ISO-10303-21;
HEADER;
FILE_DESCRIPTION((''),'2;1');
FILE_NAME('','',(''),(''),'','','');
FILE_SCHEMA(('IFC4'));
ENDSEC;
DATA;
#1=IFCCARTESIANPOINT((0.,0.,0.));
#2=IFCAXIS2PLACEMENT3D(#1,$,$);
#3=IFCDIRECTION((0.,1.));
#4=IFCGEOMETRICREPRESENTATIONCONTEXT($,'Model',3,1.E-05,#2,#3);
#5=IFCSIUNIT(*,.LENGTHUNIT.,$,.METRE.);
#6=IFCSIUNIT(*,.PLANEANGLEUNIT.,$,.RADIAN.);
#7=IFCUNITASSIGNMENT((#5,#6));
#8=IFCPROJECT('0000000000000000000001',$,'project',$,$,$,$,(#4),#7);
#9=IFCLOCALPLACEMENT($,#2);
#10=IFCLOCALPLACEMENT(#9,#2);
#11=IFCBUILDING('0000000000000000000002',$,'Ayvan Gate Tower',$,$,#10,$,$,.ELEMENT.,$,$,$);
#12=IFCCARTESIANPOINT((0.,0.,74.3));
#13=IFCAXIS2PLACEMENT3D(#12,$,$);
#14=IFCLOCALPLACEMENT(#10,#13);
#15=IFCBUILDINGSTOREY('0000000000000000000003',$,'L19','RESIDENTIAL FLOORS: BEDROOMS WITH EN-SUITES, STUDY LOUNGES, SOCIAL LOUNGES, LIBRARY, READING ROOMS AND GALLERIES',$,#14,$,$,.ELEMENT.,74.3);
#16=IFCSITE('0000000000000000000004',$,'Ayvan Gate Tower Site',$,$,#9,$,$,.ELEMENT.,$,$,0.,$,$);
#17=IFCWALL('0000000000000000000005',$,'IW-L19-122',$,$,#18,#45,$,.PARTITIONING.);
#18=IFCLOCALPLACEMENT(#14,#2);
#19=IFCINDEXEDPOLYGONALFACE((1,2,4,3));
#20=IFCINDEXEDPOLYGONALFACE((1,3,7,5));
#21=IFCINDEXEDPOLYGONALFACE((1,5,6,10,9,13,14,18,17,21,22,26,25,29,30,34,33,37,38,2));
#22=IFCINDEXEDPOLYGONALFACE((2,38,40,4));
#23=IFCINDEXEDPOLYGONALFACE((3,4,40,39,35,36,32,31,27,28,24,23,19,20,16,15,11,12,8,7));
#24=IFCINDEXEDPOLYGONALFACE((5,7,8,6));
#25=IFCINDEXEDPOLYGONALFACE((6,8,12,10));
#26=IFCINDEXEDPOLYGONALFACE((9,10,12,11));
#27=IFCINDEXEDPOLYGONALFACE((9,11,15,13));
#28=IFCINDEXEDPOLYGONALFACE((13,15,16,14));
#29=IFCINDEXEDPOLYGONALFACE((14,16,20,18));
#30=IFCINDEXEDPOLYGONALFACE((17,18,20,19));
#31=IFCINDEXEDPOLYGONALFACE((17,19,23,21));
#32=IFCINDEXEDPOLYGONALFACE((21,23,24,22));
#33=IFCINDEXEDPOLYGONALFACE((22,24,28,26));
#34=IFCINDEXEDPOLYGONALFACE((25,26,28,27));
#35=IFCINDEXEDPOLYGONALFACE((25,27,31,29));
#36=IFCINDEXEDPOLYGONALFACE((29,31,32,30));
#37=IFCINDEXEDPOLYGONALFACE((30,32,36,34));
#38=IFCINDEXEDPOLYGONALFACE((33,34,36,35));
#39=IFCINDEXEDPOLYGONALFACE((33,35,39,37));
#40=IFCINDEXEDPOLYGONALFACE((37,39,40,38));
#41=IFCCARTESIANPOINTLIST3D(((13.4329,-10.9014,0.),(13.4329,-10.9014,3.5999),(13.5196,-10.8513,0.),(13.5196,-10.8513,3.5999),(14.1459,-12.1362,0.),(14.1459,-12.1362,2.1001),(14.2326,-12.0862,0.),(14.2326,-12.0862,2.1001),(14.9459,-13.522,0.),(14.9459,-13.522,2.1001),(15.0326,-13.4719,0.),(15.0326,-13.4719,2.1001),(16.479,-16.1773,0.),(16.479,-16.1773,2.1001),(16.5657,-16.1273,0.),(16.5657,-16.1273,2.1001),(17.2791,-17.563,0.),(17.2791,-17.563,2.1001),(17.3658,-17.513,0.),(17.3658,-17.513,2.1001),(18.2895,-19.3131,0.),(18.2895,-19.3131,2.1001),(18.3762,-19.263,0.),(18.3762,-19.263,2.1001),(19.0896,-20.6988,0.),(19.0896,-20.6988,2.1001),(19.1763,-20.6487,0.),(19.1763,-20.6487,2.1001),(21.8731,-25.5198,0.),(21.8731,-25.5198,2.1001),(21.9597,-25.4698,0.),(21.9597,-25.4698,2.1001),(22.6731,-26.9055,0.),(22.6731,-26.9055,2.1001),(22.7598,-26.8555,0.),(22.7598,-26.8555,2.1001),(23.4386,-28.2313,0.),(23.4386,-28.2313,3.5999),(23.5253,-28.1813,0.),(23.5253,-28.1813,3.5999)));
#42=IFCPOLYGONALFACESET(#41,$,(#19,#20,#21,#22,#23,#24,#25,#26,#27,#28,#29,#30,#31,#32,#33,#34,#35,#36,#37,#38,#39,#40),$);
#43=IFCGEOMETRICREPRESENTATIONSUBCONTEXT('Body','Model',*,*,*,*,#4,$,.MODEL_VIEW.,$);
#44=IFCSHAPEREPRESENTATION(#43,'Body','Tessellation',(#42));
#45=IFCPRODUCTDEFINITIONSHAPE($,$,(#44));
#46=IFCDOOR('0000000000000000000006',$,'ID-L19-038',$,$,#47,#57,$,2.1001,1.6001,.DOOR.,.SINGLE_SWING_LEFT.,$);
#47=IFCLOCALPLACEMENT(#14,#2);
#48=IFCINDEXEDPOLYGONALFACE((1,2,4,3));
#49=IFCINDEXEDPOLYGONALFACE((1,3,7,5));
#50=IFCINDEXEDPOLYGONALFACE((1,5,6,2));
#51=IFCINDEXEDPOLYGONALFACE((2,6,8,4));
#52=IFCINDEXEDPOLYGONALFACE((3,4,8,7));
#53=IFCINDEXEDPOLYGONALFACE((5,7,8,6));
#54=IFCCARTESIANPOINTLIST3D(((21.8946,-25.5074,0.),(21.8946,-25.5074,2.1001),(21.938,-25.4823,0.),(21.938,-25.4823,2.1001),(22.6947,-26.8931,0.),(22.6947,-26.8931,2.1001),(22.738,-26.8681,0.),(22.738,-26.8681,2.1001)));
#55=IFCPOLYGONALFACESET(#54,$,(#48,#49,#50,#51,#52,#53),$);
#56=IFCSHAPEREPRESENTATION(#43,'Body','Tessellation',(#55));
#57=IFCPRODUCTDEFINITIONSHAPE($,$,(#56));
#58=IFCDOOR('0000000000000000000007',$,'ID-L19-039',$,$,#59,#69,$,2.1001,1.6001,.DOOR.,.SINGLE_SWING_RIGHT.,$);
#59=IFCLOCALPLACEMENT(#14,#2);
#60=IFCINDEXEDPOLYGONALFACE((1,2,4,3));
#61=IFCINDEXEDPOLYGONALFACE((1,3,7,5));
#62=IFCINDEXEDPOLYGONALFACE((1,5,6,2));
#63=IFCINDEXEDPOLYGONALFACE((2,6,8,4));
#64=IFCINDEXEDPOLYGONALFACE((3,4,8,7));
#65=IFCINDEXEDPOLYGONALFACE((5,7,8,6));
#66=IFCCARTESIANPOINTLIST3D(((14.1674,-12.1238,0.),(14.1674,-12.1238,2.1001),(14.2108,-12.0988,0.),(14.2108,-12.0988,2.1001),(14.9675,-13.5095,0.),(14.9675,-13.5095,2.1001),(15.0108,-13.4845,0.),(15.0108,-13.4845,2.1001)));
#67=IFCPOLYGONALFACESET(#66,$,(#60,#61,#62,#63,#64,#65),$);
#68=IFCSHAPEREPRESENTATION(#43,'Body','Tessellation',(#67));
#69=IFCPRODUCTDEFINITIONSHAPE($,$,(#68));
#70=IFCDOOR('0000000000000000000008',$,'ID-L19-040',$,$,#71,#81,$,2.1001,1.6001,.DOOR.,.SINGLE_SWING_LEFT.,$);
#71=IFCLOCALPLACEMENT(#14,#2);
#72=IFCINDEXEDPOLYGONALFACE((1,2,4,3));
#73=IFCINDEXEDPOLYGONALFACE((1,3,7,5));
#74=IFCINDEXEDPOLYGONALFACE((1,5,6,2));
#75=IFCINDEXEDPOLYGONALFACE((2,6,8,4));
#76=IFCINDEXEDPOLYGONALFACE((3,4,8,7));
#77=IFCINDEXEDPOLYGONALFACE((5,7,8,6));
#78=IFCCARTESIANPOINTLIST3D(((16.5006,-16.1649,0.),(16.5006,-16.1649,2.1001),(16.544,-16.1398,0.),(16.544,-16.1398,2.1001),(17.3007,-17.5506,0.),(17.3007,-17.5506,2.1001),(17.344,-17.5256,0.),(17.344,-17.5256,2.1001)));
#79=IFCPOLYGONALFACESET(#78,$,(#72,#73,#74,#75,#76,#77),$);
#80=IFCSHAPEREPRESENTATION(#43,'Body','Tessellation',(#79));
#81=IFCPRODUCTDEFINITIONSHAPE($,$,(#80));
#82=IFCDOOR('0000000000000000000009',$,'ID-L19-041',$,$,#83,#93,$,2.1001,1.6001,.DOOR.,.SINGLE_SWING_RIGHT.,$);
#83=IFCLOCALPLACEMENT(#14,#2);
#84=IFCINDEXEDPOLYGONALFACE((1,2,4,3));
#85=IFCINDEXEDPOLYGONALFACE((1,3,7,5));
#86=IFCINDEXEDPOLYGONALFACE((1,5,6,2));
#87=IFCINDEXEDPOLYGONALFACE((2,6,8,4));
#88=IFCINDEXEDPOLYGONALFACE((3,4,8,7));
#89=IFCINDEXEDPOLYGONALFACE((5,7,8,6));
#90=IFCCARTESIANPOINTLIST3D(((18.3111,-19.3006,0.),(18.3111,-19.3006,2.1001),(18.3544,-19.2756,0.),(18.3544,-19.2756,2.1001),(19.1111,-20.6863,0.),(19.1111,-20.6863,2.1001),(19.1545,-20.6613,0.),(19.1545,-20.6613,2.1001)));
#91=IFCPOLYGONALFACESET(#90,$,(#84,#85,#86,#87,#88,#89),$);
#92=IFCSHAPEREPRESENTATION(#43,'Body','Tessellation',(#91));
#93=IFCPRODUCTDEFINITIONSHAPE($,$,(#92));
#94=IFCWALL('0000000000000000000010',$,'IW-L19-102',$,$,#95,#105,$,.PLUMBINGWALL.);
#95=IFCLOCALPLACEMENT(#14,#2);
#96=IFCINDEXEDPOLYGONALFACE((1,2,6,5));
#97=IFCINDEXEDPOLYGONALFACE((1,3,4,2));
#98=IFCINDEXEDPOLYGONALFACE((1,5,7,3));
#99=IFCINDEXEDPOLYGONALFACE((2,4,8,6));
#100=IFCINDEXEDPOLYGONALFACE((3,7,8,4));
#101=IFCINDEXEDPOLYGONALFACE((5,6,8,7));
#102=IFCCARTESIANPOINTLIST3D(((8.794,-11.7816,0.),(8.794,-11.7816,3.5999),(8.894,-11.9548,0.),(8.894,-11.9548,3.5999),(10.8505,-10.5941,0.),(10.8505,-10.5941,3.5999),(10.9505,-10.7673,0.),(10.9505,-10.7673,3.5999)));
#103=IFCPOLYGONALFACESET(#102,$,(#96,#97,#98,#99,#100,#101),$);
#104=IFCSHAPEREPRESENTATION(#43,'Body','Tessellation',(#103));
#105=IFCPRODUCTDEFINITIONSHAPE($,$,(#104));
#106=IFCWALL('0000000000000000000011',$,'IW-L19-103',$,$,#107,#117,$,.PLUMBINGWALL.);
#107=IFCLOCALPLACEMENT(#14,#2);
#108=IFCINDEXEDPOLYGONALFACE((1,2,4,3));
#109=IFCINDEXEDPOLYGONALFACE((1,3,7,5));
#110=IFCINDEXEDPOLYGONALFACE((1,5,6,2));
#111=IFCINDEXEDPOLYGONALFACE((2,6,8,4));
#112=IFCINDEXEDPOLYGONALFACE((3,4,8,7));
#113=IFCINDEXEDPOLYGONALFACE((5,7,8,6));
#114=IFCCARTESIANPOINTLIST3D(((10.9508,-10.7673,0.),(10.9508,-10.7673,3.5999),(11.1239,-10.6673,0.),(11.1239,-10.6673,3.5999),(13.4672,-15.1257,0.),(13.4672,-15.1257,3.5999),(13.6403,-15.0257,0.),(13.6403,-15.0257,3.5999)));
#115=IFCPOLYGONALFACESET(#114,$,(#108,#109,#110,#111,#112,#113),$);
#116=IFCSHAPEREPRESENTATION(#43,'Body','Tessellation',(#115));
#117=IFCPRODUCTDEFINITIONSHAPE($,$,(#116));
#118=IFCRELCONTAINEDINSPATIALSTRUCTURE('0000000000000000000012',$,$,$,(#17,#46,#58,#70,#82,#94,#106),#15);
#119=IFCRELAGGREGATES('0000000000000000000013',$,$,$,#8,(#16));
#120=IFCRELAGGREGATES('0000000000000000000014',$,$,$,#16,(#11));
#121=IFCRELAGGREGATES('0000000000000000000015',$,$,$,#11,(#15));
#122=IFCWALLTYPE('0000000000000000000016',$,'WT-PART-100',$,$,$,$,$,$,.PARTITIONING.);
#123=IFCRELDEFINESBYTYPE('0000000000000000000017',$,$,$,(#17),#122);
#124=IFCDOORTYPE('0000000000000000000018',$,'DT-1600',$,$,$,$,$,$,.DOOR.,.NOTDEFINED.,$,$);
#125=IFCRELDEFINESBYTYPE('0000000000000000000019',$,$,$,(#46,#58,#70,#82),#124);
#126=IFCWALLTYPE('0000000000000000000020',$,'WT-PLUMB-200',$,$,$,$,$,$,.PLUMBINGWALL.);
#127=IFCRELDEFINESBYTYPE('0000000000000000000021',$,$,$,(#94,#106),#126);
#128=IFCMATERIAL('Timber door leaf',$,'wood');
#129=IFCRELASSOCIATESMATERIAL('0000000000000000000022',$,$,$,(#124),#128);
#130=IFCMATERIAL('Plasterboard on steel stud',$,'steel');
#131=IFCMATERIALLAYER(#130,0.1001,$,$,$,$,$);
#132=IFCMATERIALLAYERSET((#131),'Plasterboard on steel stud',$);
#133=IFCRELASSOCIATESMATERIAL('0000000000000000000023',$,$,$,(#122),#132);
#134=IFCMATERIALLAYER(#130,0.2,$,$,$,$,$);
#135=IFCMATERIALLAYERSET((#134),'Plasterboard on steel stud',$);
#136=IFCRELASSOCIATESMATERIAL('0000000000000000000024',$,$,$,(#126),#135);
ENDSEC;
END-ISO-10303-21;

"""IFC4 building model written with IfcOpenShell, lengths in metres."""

from ifc_helpers import new_model, si_unit, direction, frame, frame_2d, origin, place, context, subcontext, project, spatial, rectangle, extrude, material, layer, layer_set, type_object, element, fill, save


model = new_model("IFC4")

# Units and contexts
model_context = context("Model", 3, precision=1e-05, world=origin(), true_north=direction((0.0, 1.0)))
body_context = subcontext(model_context, "Body", "Model", "MODEL_VIEW")
ifc_project = project(units=[si_unit("LENGTHUNIT", "METRE"), si_unit("PLANEANGLEUNIT", "RADIAN")], contexts=[model_context])

# Site, building, storey
site_placement = place(None, origin())
site = spatial("IfcSite", under=ifc_project, at=site_placement, Name="Ayvan Gate Tower Site", CompositionType="ELEMENT", RefElevation=0.0)
building_placement = place(site_placement, origin())
building = spatial("IfcBuilding", under=site, at=building_placement, Name="Ayvan Gate Tower", CompositionType="ELEMENT")
storey_placement = place(building_placement, frame((0.0, 0.0, 74.3)))
storey = spatial("IfcBuildingStorey", under=building, at=storey_placement, Name="L19", Description="RESIDENTIAL FLOORS: BEDROOMS WITH EN-SUITES, STUDY LOUNGES, SOCIAL LOUNGES, LIBRARY, READING ROOMS AND GALLERIES", CompositionType="ELEMENT", Elevation=74.3)

# Shared definitions
ifc_material_1 = material(Name="Plasterboard on steel stud", Category="steel")
ifc_material_2 = material(Name="Timber door leaf", Category="wood")
door_type = type_object("IfcDoorType", Name="DT-1600", OperationType="NOTDEFINED", PredefinedType="DOOR", material=ifc_material_2)

# Shared definitions
ifc_layer_1 = layer(ifc_material_1, 0.1001)
ifc_layer_set_1 = layer_set([ifc_layer_1], Name="Plasterboard on steel stud")
wall_type_1 = type_object("IfcWallType", Name="WT-PART-100", PredefinedType="PARTITIONING", material=ifc_layer_set_1)

# Wall, openings, doors
wall_1_placement = place(storey_placement, frame((13.4763, -10.8765, 0.0), z_axis=(0.0, 0.0, 1.0), x_axis=(0.500009, -0.86602, 0.0)))
wall_1 = element("IfcWall", 1, at=wall_1_placement, inside=storey, type_object=wall_type_1, Name="IW-L19-122", PredefinedType="PARTITIONING", context=body_context, shape_type="SweptSolid", body=[
    extrude(rectangle(XDim=20.011, YDim=0.1001, at=frame_2d((10.0054, 0.0))), origin(), (0.0, 0.0, 1.0), 3.5999),
])
opening_1_placement = place(wall_1_placement, frame((16.8799, 0.0, 0.0)))
opening_1 = element("IfcOpeningElement", 2, at=opening_1_placement, cuts=wall_1, PredefinedType="OPENING", context=body_context, shape_type="SweptSolid", body=[
    extrude(rectangle(XDim=1.6001, YDim=2.1001, at=frame_2d((0.8, 1.05))), frame((0.0, 0.0601, 0.0), z_axis=(0.0, -1.0, 0.0), x_axis=(1.0, 0.0, 0.0)), (0.0, 0.0, 1.0), 0.1201),
])
opening_2_placement = place(wall_1_placement, frame((1.4258, 0.0, 0.0)))
opening_2 = element("IfcOpeningElement", 3, at=opening_2_placement, cuts=wall_1, PredefinedType="OPENING", context=body_context, shape_type="SweptSolid", body=[
    extrude(rectangle(XDim=1.6001, YDim=2.1001, at=frame_2d((0.8, 1.05))), frame((0.0, 0.0601, 0.0), z_axis=(0.0, -1.0, 0.0), x_axis=(1.0, 0.0, 0.0)), (0.0, 0.0, 1.0), 0.1201),
])
opening_3_placement = place(wall_1_placement, frame((6.092, 0.0, 0.0)))
opening_3 = element("IfcOpeningElement", 4, at=opening_3_placement, cuts=wall_1, PredefinedType="OPENING", context=body_context, shape_type="SweptSolid", body=[
    extrude(rectangle(XDim=1.6001, YDim=2.1001, at=frame_2d((0.8, 1.05))), frame((0.0, 0.0601, 0.0), z_axis=(0.0, -1.0, 0.0), x_axis=(1.0, 0.0, 0.0)), (0.0, 0.0, 1.0), 0.1201),
])
opening_4_placement = place(wall_1_placement, frame((9.7129, 0.0, 0.0)))
opening_4 = element("IfcOpeningElement", 5, at=opening_4_placement, cuts=wall_1, PredefinedType="OPENING", context=body_context, shape_type="SweptSolid", body=[
    extrude(rectangle(XDim=1.6001, YDim=2.1001, at=frame_2d((0.8, 1.05))), frame((0.0, 0.0601, 0.0), z_axis=(0.0, -1.0, 0.0), x_axis=(1.0, 0.0, 0.0)), (0.0, 0.0, 1.0), 0.1201),
])
door_1_placement = place(opening_1_placement, origin())
door_1 = element("IfcDoor", 6, at=door_1_placement, inside=storey, type_object=door_type, Name="ID-L19-038", OperationType="SINGLE_SWING_LEFT", OverallHeight=2.1001, OverallWidth=1.6001, PredefinedType="DOOR", context=body_context, shape_type="SweptSolid", body=[
    extrude(rectangle(XDim=1.6001, YDim=2.1001, at=frame_2d((0.8, 1.05))), frame((0.0, 0.0249, 0.0), z_axis=(0.0, -1.0, 0.0), x_axis=(1.0, 0.0, 0.0)), (0.0, 0.0, 1.0), 0.05),
])
fill(opening_1, door_1)
door_2_placement = place(opening_2_placement, origin())
door_2 = element("IfcDoor", 7, at=door_2_placement, inside=storey, type_object=door_type, Name="ID-L19-039", OperationType="SINGLE_SWING_RIGHT", OverallHeight=2.1001, OverallWidth=1.6001, PredefinedType="DOOR", context=body_context, shape_type="SweptSolid", body=[
    extrude(rectangle(XDim=1.6001, YDim=2.1001, at=frame_2d((0.8, 1.05))), frame((0.0, 0.0249, 0.0), z_axis=(0.0, -1.0, 0.0), x_axis=(1.0, 0.0, 0.0)), (0.0, 0.0, 1.0), 0.05),
])
fill(opening_2, door_2)
door_3_placement = place(opening_3_placement, origin())
door_3 = element("IfcDoor", 8, at=door_3_placement, inside=storey, type_object=door_type, Name="ID-L19-040", OperationType="SINGLE_SWING_LEFT", OverallHeight=2.1001, OverallWidth=1.6001, PredefinedType="DOOR", context=body_context, shape_type="SweptSolid", body=[
    extrude(rectangle(XDim=1.6001, YDim=2.1001, at=frame_2d((0.8, 1.05))), frame((0.0, 0.0249, 0.0), z_axis=(0.0, -1.0, 0.0), x_axis=(1.0, 0.0, 0.0)), (0.0, 0.0, 1.0), 0.05),
])
fill(opening_3, door_3)
door_4_placement = place(opening_4_placement, origin())
door_4 = element("IfcDoor", 9, at=door_4_placement, inside=storey, type_object=door_type, Name="ID-L19-041", OperationType="SINGLE_SWING_RIGHT", OverallHeight=2.1001, OverallWidth=1.6001, PredefinedType="DOOR", context=body_context, shape_type="SweptSolid", body=[
    extrude(rectangle(XDim=1.6001, YDim=2.1001, at=frame_2d((0.8, 1.05))), frame((0.0, 0.0249, 0.0), z_axis=(0.0, -1.0, 0.0), x_axis=(1.0, 0.0, 0.0)), (0.0, 0.0, 1.0), 0.05),
])
fill(opening_4, door_4)

# Walls
ifc_layer_2 = layer(ifc_material_1, 0.2)
ifc_layer_set_2 = layer_set([ifc_layer_2], Name="Plasterboard on steel stud")
wall_type_2 = type_object("IfcWallType", Name="WT-PLUMB-200", PredefinedType="PLUMBINGWALL", material=ifc_layer_set_2)
wall_2_placement = place(storey_placement, frame((10.9006, -10.6807, 0.0), z_axis=(0.0, 0.0, 1.0), x_axis=(-0.866008, -0.500031, 0.0)))
element("IfcWall", 10, at=wall_2_placement, inside=storey, type_object=wall_type_2, Name="IW-L19-102", PredefinedType="PLUMBINGWALL", context=body_context, shape_type="SweptSolid", body=[
    extrude(rectangle(XDim=2.3748, YDim=0.2, at=frame_2d((1.1875, 0.0))), origin(), (0.0, 0.0, 1.0), 3.5999),
])
wall_3_placement = place(storey_placement, frame((11.0374, -10.7173, 0.0), z_axis=(0.0, 0.0, 1.0), x_axis=(0.500005, -0.866022, 0.0)))
element("IfcWall", 11, at=wall_3_placement, inside=storey, type_object=wall_type_2, Name="IW-L19-103", PredefinedType="PLUMBINGWALL", context=body_context, shape_type="SweptSolid", body=[
    extrude(rectangle(XDim=5.0327, YDim=0.2, at=frame_2d((2.5164, 0.0))), origin(), (0.0, 0.0, 1.0), 3.5999),
])

save(model, "model.ifc")
